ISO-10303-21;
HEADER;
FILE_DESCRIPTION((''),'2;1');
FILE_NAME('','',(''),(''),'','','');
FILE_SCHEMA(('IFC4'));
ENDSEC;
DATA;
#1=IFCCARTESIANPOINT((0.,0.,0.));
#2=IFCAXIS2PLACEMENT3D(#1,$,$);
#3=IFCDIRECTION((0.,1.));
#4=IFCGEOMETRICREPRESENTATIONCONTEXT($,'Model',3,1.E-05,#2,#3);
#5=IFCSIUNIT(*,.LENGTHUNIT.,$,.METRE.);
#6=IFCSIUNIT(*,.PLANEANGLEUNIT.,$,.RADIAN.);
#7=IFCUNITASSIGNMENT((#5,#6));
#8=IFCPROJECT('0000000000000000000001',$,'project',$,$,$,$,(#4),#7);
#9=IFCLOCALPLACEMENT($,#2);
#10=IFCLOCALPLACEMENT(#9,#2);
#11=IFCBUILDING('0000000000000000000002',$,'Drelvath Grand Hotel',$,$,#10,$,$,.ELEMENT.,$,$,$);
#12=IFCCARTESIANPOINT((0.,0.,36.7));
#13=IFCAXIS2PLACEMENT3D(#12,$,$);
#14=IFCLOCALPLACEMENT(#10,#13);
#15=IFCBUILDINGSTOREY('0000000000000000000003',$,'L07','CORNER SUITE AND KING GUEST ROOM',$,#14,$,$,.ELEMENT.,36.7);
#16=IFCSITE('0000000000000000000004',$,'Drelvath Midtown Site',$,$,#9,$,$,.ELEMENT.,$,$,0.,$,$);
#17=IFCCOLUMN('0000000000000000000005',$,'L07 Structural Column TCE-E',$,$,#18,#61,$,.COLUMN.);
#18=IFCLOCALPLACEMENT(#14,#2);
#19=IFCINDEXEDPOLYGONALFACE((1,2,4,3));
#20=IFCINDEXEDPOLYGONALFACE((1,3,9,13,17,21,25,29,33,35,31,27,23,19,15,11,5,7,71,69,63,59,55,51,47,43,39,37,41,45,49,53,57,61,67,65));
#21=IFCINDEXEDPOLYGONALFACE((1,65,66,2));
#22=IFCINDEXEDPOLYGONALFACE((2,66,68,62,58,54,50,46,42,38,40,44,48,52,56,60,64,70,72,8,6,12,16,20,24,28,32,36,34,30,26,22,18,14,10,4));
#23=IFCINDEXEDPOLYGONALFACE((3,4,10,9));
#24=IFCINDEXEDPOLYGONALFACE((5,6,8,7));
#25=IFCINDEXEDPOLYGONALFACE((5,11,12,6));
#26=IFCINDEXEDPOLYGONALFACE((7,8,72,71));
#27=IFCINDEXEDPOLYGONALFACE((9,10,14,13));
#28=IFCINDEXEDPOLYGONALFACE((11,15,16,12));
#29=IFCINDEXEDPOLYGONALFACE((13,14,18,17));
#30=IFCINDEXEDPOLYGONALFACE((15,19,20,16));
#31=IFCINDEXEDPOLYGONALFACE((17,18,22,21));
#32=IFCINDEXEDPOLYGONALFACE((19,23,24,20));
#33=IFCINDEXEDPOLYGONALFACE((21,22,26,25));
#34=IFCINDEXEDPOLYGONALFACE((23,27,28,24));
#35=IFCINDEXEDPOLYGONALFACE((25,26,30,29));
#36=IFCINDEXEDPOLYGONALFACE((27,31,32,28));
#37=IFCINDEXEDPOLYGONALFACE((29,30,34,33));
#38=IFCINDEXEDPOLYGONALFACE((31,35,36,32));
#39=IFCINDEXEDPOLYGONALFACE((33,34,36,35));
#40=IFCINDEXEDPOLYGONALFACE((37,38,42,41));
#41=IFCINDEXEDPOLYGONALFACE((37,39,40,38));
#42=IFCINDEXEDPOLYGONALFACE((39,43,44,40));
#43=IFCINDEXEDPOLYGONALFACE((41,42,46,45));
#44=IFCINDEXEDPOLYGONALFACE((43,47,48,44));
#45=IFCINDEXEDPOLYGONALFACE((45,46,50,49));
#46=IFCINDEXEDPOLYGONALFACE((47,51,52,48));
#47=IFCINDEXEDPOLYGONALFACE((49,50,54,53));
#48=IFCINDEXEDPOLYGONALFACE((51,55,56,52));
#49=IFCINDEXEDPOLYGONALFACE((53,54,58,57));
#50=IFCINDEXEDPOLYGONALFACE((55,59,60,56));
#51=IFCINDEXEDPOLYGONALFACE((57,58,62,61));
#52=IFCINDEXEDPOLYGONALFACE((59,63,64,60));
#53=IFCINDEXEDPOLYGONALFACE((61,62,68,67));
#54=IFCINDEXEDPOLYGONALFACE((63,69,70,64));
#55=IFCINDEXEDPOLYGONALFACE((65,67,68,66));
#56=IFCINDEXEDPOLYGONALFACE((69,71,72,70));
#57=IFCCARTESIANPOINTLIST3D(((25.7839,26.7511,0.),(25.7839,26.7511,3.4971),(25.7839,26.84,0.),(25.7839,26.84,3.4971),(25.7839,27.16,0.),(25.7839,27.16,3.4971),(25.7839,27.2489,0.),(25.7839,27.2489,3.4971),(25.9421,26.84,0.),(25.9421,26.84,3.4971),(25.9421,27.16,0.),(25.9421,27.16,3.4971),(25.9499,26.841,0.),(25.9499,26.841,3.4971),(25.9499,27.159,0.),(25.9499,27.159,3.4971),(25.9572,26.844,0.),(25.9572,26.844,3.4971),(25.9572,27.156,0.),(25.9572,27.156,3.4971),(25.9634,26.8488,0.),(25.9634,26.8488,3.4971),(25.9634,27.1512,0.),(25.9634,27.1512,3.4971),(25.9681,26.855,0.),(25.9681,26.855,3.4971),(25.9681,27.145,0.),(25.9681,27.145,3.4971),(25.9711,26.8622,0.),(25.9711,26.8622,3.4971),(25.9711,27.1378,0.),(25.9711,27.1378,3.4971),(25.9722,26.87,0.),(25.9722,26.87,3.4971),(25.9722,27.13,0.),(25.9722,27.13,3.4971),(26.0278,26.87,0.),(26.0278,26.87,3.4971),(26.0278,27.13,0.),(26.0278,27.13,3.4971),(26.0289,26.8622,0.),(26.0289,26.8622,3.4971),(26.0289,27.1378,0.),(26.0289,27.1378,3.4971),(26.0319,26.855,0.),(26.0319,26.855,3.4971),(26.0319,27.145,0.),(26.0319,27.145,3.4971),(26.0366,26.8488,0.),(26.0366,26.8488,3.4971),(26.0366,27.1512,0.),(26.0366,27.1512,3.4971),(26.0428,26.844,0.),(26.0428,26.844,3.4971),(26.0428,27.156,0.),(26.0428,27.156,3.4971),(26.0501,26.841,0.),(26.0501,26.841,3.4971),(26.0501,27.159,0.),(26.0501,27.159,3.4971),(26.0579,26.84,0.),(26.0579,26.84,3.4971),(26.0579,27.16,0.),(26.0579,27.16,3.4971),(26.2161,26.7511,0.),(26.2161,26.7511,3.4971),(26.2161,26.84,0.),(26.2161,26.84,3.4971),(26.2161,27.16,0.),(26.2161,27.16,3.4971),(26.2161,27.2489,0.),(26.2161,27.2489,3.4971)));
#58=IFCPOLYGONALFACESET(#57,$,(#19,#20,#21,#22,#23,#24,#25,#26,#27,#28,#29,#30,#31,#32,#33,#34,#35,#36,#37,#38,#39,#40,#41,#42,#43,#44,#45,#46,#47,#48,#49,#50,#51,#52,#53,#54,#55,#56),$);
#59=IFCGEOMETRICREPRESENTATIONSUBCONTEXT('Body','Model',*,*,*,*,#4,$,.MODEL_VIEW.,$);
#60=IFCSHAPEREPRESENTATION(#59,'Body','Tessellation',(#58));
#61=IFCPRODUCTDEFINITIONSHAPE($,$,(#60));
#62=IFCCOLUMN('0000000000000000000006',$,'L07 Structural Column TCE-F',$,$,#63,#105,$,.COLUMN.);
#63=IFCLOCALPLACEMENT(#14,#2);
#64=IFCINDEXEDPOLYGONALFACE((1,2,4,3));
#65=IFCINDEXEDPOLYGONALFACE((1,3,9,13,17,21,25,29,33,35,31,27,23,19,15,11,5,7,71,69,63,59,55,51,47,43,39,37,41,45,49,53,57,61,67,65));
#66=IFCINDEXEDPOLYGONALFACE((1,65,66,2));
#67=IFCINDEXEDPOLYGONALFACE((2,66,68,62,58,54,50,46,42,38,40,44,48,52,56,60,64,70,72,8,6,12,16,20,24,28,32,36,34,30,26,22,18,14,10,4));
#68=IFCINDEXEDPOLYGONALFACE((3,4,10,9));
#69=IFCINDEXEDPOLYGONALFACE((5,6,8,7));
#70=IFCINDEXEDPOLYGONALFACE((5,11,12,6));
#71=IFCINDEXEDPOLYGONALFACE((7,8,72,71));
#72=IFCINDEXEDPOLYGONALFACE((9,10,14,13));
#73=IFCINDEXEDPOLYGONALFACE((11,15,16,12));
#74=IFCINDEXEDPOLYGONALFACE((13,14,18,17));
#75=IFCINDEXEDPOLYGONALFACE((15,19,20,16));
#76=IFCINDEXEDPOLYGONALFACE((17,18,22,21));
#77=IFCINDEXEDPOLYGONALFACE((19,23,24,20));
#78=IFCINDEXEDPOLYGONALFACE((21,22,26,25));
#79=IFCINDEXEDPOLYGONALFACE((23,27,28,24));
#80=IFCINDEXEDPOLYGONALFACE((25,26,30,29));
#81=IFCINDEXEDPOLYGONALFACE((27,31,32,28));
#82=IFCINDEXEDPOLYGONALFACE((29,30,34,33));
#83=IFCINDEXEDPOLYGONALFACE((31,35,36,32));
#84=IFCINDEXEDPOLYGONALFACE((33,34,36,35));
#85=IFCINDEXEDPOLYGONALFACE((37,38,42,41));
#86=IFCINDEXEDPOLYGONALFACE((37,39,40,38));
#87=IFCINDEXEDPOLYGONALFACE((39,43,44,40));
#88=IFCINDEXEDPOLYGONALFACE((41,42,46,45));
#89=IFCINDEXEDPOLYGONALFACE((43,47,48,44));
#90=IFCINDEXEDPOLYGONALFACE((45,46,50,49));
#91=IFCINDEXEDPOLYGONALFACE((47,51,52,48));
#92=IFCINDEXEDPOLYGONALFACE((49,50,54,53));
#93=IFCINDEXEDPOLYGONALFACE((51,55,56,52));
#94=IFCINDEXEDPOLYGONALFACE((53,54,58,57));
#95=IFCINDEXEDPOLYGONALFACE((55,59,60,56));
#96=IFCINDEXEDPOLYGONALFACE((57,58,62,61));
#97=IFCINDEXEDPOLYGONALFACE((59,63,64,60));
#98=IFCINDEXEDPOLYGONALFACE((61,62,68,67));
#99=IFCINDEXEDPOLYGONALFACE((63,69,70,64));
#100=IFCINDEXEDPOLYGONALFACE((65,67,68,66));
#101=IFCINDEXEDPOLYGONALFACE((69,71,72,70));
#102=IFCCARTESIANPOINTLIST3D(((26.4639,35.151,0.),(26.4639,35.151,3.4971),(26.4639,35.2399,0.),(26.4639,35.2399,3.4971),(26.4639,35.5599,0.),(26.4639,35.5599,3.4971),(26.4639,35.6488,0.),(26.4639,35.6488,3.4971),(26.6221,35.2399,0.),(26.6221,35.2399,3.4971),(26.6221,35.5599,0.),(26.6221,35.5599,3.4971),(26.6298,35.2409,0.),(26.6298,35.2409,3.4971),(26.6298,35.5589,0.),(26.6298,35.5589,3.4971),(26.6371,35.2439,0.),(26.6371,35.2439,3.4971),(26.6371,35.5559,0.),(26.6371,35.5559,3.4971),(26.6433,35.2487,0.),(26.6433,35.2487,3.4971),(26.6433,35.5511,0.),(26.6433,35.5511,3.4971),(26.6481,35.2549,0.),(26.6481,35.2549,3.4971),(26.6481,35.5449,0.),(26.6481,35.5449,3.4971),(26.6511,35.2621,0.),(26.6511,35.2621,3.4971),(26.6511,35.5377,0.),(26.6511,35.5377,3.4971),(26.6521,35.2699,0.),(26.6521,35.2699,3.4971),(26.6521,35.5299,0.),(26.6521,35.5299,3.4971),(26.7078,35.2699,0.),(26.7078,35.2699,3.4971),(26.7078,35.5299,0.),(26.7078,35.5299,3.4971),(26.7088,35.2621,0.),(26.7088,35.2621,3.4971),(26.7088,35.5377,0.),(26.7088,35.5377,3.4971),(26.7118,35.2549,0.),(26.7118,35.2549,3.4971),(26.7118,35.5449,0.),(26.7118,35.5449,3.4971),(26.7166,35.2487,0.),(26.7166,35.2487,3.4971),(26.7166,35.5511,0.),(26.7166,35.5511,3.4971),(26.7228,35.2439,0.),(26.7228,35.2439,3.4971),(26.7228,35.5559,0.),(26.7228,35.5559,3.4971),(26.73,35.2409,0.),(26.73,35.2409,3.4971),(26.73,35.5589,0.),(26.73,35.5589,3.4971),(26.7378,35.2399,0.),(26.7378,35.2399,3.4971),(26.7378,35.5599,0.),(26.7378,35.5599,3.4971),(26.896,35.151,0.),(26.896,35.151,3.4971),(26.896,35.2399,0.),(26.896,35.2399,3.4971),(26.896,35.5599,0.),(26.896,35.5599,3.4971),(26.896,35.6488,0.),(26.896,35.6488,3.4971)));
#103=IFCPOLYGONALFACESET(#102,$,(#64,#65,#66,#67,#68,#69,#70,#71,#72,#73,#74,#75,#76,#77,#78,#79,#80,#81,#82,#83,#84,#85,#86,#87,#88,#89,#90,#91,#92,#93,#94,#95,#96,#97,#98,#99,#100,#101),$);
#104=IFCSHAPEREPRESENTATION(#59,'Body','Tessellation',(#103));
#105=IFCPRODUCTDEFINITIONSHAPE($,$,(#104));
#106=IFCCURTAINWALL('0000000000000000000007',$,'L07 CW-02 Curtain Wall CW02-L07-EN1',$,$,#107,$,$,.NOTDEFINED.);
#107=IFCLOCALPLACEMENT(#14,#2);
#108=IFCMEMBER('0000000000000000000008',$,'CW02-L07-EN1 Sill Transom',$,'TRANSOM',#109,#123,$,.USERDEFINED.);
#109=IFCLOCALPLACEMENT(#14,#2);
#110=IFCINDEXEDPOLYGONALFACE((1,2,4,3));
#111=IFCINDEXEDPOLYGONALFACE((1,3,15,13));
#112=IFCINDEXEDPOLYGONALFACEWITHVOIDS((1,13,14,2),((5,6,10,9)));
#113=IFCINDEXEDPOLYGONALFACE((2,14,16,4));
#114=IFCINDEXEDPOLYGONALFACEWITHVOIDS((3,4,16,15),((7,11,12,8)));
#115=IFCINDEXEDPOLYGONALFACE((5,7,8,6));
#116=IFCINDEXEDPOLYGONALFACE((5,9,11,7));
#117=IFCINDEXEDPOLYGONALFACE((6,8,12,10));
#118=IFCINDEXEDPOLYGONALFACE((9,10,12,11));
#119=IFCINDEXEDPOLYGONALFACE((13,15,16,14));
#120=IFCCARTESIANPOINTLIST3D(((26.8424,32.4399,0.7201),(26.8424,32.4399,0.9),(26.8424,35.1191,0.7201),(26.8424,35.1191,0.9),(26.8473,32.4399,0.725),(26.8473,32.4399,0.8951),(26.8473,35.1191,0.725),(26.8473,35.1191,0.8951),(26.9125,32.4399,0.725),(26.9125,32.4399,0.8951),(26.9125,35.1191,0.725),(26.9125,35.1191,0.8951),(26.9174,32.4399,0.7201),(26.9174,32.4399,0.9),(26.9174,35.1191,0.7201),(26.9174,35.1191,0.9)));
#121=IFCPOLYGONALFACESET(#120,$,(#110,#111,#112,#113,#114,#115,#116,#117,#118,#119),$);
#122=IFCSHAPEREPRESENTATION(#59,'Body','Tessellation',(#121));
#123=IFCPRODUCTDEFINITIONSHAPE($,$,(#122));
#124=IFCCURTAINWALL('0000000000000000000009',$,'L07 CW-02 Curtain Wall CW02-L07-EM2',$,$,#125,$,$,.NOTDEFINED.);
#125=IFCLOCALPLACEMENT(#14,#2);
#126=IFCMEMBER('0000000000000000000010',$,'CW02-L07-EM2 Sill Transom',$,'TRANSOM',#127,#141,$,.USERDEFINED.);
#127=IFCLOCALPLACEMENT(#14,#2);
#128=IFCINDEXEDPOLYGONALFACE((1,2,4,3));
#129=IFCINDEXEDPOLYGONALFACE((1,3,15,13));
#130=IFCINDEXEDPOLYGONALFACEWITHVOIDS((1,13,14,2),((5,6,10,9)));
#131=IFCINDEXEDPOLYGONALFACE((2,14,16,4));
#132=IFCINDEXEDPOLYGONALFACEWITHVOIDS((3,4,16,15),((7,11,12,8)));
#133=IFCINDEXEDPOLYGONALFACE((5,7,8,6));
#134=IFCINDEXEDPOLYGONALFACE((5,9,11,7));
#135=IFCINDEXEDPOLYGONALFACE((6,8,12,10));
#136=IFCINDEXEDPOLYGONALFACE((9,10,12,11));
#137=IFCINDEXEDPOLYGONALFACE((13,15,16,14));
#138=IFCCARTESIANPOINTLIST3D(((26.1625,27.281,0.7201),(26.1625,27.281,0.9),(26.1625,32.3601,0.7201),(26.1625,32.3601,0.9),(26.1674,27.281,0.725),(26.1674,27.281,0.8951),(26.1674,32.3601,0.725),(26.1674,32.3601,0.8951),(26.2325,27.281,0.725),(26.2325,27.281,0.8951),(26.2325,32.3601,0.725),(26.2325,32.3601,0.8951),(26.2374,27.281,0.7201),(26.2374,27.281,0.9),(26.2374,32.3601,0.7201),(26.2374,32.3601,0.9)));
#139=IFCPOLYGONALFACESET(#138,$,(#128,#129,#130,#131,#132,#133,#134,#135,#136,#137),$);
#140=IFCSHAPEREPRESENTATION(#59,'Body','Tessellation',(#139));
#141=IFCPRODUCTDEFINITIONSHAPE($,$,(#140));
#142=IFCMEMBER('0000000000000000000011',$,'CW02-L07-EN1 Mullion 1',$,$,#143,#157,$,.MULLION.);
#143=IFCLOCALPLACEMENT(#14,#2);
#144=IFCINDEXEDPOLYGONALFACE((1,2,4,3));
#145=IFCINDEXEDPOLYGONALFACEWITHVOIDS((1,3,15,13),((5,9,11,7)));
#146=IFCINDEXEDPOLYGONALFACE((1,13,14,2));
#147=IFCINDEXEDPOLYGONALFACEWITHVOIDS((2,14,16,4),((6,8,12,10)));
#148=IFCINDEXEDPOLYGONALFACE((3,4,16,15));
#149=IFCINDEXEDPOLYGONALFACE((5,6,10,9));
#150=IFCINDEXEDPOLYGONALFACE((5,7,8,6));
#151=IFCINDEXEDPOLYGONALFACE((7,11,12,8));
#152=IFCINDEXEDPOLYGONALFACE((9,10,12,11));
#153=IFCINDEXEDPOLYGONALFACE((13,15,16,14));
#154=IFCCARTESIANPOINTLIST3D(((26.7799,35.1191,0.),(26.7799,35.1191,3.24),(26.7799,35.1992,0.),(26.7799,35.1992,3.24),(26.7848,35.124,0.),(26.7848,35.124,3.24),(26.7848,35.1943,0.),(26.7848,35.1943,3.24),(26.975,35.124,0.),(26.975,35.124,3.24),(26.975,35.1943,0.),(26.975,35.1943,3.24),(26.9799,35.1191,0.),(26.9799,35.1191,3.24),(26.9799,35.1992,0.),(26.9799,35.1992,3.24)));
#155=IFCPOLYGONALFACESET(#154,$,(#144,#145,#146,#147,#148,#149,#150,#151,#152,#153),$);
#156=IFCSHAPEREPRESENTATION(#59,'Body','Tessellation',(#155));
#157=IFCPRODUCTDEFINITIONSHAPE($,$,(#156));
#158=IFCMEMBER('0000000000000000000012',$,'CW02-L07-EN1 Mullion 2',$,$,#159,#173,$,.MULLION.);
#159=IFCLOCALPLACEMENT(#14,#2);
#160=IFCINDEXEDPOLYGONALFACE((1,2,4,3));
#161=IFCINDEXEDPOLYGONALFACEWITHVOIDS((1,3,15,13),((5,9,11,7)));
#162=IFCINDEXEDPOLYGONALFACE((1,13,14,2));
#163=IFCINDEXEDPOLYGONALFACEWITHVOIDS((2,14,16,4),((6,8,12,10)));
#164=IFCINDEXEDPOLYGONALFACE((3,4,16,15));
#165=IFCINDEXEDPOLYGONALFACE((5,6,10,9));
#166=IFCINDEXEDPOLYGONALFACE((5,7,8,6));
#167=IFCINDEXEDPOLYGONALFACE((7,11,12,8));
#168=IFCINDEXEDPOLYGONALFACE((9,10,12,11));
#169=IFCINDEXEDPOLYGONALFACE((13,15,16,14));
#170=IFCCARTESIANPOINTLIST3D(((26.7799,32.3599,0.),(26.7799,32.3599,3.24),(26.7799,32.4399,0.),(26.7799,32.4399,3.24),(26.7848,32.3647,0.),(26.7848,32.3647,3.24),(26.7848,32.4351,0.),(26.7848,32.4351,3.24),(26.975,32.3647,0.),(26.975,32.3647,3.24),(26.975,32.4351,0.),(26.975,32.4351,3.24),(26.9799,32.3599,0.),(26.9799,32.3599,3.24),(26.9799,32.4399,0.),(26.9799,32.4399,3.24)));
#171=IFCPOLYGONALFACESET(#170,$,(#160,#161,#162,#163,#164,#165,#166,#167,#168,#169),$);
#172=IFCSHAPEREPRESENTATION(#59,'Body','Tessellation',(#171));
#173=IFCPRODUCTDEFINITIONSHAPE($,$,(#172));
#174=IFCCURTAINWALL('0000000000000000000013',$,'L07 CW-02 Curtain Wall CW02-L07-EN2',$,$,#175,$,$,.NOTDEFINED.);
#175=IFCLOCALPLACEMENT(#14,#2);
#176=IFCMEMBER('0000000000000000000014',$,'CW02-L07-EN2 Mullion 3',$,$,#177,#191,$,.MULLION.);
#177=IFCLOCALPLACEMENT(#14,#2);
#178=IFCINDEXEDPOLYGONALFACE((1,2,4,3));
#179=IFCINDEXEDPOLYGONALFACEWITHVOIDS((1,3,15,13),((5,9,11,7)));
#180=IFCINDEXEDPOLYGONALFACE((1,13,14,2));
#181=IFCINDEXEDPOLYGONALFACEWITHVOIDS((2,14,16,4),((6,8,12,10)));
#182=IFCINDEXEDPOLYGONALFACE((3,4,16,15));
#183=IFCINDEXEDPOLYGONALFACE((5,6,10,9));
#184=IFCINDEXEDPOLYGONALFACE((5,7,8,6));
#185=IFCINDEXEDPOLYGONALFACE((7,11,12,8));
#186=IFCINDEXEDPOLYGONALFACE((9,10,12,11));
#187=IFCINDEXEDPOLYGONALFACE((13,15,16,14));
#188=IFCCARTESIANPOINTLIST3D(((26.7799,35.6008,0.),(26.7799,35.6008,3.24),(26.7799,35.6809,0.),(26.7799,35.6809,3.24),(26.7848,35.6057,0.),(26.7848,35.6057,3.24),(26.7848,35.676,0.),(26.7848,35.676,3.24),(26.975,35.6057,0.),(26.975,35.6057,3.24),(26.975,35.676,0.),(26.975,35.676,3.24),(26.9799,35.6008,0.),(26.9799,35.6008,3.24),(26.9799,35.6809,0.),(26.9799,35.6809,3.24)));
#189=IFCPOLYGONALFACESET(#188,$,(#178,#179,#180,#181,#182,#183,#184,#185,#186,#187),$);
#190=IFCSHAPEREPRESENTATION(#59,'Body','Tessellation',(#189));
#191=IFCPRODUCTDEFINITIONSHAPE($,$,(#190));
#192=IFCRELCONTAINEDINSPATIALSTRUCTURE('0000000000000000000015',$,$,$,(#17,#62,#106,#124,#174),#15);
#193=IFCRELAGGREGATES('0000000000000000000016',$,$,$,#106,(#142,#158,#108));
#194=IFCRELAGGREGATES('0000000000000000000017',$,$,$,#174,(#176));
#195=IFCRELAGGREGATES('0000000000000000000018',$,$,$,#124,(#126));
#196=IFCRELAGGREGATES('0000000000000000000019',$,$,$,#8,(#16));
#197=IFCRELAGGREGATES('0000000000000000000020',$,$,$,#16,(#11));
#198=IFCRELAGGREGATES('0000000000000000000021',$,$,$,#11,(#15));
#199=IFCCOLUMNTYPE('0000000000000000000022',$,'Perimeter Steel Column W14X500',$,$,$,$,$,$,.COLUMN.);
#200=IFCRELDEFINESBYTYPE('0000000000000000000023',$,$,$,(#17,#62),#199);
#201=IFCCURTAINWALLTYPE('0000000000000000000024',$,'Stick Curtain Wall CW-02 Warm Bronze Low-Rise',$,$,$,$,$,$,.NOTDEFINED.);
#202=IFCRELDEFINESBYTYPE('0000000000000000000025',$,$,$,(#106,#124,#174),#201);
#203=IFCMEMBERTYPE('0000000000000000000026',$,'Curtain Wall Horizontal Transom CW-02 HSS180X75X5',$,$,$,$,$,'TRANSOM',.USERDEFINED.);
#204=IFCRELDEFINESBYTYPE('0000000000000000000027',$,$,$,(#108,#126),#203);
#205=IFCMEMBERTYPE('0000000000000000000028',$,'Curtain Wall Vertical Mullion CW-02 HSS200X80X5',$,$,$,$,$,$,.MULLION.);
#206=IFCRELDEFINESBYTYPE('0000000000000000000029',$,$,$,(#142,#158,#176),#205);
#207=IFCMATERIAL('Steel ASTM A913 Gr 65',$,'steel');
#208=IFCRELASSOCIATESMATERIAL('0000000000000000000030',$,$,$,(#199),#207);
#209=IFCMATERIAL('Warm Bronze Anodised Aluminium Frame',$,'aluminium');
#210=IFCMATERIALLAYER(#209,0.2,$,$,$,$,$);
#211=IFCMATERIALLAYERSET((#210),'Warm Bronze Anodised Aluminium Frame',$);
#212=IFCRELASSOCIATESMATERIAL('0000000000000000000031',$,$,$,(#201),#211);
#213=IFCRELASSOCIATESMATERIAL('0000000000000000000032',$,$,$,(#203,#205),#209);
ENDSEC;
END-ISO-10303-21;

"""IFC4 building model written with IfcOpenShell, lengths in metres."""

from ifc_helpers import new_model, si_unit, direction, frame, origin, origin_2d, place, context, subcontext, project, spatial, hollow_rectangle, i_section, extrude, material, layer, layer_set, material_profile, profile_set, type_object, element, aggregate, save


model = new_model("IFC4")

# Units and contexts
model_context = context("Model", 3, precision=1e-05, world=origin(), true_north=direction((0.0, 1.0)))
body_context = subcontext(model_context, "Body", "Model", "MODEL_VIEW")
ifc_project = project(units=[si_unit("LENGTHUNIT", "METRE"), si_unit("PLANEANGLEUNIT", "RADIAN")], contexts=[model_context])

# Site, building, storey
site_placement = place(None, origin())
site = spatial("IfcSite", under=ifc_project, at=site_placement, Name="Drelvath Midtown Site", CompositionType="ELEMENT", RefElevation=0.0)
building_placement = place(site_placement, origin())
building = spatial("IfcBuilding", under=site, at=building_placement, Name="Drelvath Grand Hotel", CompositionType="ELEMENT")
storey_placement = place(building_placement, frame((0.0, 0.0, 36.7)))
storey = spatial("IfcBuildingStorey", under=building, at=storey_placement, Name="L07", Description="CORNER SUITE AND KING GUEST ROOM", CompositionType="ELEMENT", Elevation=36.7)

# Columns
ifc_material_1 = material(Name="Steel ASTM A913 Gr 65", Category="steel")
ifc_material_profile_1 = material_profile(ifc_material_1, i_section(OverallWidth=0.4321, OverallDepth=0.4978, WebThickness=0.0557, FlangeThickness=0.0889, FilletRadius=0.03, at=origin_2d()), Name="W14X500")
ifc_profile_set_1 = profile_set([ifc_material_profile_1], Name="Steel ASTM A913 Gr 65")
column_type = type_object("IfcColumnType", Name="Perimeter Steel Column W14X500", PredefinedType="COLUMN", material=ifc_profile_set_1)
for number, where, z_axis, x_axis, name in (
    (1, (26.0, 27.0, 0.0), (0.0, 0.0, 1.0), (1.0, 0.0, 0.0), "L07 Structural Column TCE-E"),
    (2, (26.6799, 35.3999, 0.0), (0.0, 0.0, 1.0), (1.0, 0.0, 0.0), "L07 Structural Column TCE-F"),
):
    element("IfcColumn", number, at=place(storey_placement, frame(where, z_axis=z_axis, x_axis=x_axis)), inside=storey, type_object=column_type, Name=name, PredefinedType="COLUMN", context=body_context, shape_type="SweptSolid", body=[
        extrude(i_section(OverallWidth=0.4321, OverallDepth=0.4978, WebThickness=0.0557, FlangeThickness=0.0889, FilletRadius=0.03, at=origin_2d()), origin(), (0.0, 0.0, 1.0), 3.4971),
    ])

# Curtain walls, members
ifc_material_2 = material(Name="Warm Bronze Anodised Aluminium Frame", Category="aluminium")
ifc_layer_1 = layer(ifc_material_2, 0.2)
ifc_layer_set_1 = layer_set([ifc_layer_1], Name="Warm Bronze Anodised Aluminium Frame")
curtain_wall_type = type_object("IfcCurtainWallType", Name="Stick Curtain Wall CW-02 Warm Bronze Low-Rise", PredefinedType="NOTDEFINED", material=ifc_layer_set_1)
curtain_wall_1_placement = place(storey_placement, origin())
curtain_wall_1 = element("IfcCurtainWall", 3, at=curtain_wall_1_placement, inside=storey, type_object=curtain_wall_type, Name="L07 CW-02 Curtain Wall CW02-L07-EN1", PredefinedType="NOTDEFINED")
ifc_material_profile_2 = material_profile(ifc_material_2, hollow_rectangle(XDim=0.075, YDim=0.1799, WallThickness=0.0049, at=origin_2d()), Name="HSS180X75X5")
ifc_profile_set_2 = profile_set([ifc_material_profile_2], Name="Warm Bronze Anodised Aluminium Frame")
member_type_1 = type_object("IfcMemberType", Name="Curtain Wall Horizontal Transom CW-02 HSS180X75X5", ElementType="TRANSOM", PredefinedType="USERDEFINED", material=ifc_profile_set_2)
member_1_placement = place(storey_placement, frame((26.8799, 35.1191, 0.8101), z_axis=(0.0, -1.0, 0.0), x_axis=(1.0, 0.0, 0.0)))
member_1 = element("IfcMember", 4, at=member_1_placement, type_object=member_type_1, Name="CW02-L07-EN1 Sill Transom", ObjectType="TRANSOM", PredefinedType="USERDEFINED", context=body_context, shape_type="SweptSolid", body=[
    extrude(hollow_rectangle(XDim=0.075, YDim=0.1799, WallThickness=0.0049, at=origin_2d()), origin(), (0.0, 0.0, 1.0), 2.6792),
])
curtain_wall_2_placement = place(storey_placement, origin())
curtain_wall_2 = element("IfcCurtainWall", 5, at=curtain_wall_2_placement, inside=storey, type_object=curtain_wall_type, Name="L07 CW-02 Curtain Wall CW02-L07-EM2", PredefinedType="NOTDEFINED")
member_2_placement = place(storey_placement, frame((26.2, 32.3601, 0.8101), z_axis=(0.0, -1.0, 0.0), x_axis=(1.0, 0.0, 0.0)))
member_2 = element("IfcMember", 6, at=member_2_placement, type_object=member_type_1, Name="CW02-L07-EM2 Sill Transom", ObjectType="TRANSOM", PredefinedType="USERDEFINED", context=body_context, shape_type="SweptSolid", body=[
    extrude(hollow_rectangle(XDim=0.075, YDim=0.1799, WallThickness=0.0049, at=origin_2d()), origin(), (0.0, 0.0, 1.0), 5.0791),
])

# Members
ifc_material_profile_3 = material_profile(ifc_material_2, hollow_rectangle(XDim=0.0801, YDim=0.2, WallThickness=0.0049, at=origin_2d()), Name="HSS200X80X5")
ifc_profile_set_3 = profile_set([ifc_material_profile_3], Name="Warm Bronze Anodised Aluminium Frame")
member_type_2 = type_object("IfcMemberType", Name="Curtain Wall Vertical Mullion CW-02 HSS200X80X5", PredefinedType="MULLION", material=ifc_profile_set_3)
member_3_placement = place(storey_placement, frame((26.8799, 35.1592, 0.0), z_axis=(0.0, 0.0, 1.0), x_axis=(0.0, 1.0, 0.0)))
member_3 = element("IfcMember", 7, at=member_3_placement, type_object=member_type_2, Name="CW02-L07-EN1 Mullion 1", PredefinedType="MULLION", context=body_context, shape_type="SweptSolid", body=[
    extrude(hollow_rectangle(XDim=0.0801, YDim=0.2, WallThickness=0.0049, at=origin_2d()), origin(), (0.0, 0.0, 1.0), 3.24),
])
member_4_placement = place(storey_placement, frame((26.8799, 32.3999, 0.0), z_axis=(0.0, 0.0, 1.0), x_axis=(0.0, 1.0, 0.0)))
member_4 = element("IfcMember", 8, at=member_4_placement, type_object=member_type_2, Name="CW02-L07-EN1 Mullion 2", PredefinedType="MULLION", context=body_context, shape_type="SweptSolid", body=[
    extrude(hollow_rectangle(XDim=0.0801, YDim=0.2, WallThickness=0.0049, at=origin_2d()), origin(), (0.0, 0.0, 1.0), 3.24),
])

# Curtain wall, member
curtain_wall_3_placement = place(storey_placement, origin())
curtain_wall_3 = element("IfcCurtainWall", 9, at=curtain_wall_3_placement, inside=storey, type_object=curtain_wall_type, Name="L07 CW-02 Curtain Wall CW02-L07-EN2", PredefinedType="NOTDEFINED")
member_5_placement = place(storey_placement, frame((26.8799, 35.6409, 0.0), z_axis=(0.0, 0.0, 1.0), x_axis=(0.0, 1.0, 0.0)))
member_5 = element("IfcMember", 10, at=member_5_placement, type_object=member_type_2, Name="CW02-L07-EN2 Mullion 3", PredefinedType="MULLION", context=body_context, shape_type="SweptSolid", body=[
    extrude(hollow_rectangle(XDim=0.0801, YDim=0.2, WallThickness=0.0049, at=origin_2d()), origin(), (0.0, 0.0, 1.0), 3.24),
])

aggregate(curtain_wall_1, [member_3, member_4, member_1])
aggregate(curtain_wall_3, [member_5])
aggregate(curtain_wall_2, [member_2])

save(model, "model.ifc")
